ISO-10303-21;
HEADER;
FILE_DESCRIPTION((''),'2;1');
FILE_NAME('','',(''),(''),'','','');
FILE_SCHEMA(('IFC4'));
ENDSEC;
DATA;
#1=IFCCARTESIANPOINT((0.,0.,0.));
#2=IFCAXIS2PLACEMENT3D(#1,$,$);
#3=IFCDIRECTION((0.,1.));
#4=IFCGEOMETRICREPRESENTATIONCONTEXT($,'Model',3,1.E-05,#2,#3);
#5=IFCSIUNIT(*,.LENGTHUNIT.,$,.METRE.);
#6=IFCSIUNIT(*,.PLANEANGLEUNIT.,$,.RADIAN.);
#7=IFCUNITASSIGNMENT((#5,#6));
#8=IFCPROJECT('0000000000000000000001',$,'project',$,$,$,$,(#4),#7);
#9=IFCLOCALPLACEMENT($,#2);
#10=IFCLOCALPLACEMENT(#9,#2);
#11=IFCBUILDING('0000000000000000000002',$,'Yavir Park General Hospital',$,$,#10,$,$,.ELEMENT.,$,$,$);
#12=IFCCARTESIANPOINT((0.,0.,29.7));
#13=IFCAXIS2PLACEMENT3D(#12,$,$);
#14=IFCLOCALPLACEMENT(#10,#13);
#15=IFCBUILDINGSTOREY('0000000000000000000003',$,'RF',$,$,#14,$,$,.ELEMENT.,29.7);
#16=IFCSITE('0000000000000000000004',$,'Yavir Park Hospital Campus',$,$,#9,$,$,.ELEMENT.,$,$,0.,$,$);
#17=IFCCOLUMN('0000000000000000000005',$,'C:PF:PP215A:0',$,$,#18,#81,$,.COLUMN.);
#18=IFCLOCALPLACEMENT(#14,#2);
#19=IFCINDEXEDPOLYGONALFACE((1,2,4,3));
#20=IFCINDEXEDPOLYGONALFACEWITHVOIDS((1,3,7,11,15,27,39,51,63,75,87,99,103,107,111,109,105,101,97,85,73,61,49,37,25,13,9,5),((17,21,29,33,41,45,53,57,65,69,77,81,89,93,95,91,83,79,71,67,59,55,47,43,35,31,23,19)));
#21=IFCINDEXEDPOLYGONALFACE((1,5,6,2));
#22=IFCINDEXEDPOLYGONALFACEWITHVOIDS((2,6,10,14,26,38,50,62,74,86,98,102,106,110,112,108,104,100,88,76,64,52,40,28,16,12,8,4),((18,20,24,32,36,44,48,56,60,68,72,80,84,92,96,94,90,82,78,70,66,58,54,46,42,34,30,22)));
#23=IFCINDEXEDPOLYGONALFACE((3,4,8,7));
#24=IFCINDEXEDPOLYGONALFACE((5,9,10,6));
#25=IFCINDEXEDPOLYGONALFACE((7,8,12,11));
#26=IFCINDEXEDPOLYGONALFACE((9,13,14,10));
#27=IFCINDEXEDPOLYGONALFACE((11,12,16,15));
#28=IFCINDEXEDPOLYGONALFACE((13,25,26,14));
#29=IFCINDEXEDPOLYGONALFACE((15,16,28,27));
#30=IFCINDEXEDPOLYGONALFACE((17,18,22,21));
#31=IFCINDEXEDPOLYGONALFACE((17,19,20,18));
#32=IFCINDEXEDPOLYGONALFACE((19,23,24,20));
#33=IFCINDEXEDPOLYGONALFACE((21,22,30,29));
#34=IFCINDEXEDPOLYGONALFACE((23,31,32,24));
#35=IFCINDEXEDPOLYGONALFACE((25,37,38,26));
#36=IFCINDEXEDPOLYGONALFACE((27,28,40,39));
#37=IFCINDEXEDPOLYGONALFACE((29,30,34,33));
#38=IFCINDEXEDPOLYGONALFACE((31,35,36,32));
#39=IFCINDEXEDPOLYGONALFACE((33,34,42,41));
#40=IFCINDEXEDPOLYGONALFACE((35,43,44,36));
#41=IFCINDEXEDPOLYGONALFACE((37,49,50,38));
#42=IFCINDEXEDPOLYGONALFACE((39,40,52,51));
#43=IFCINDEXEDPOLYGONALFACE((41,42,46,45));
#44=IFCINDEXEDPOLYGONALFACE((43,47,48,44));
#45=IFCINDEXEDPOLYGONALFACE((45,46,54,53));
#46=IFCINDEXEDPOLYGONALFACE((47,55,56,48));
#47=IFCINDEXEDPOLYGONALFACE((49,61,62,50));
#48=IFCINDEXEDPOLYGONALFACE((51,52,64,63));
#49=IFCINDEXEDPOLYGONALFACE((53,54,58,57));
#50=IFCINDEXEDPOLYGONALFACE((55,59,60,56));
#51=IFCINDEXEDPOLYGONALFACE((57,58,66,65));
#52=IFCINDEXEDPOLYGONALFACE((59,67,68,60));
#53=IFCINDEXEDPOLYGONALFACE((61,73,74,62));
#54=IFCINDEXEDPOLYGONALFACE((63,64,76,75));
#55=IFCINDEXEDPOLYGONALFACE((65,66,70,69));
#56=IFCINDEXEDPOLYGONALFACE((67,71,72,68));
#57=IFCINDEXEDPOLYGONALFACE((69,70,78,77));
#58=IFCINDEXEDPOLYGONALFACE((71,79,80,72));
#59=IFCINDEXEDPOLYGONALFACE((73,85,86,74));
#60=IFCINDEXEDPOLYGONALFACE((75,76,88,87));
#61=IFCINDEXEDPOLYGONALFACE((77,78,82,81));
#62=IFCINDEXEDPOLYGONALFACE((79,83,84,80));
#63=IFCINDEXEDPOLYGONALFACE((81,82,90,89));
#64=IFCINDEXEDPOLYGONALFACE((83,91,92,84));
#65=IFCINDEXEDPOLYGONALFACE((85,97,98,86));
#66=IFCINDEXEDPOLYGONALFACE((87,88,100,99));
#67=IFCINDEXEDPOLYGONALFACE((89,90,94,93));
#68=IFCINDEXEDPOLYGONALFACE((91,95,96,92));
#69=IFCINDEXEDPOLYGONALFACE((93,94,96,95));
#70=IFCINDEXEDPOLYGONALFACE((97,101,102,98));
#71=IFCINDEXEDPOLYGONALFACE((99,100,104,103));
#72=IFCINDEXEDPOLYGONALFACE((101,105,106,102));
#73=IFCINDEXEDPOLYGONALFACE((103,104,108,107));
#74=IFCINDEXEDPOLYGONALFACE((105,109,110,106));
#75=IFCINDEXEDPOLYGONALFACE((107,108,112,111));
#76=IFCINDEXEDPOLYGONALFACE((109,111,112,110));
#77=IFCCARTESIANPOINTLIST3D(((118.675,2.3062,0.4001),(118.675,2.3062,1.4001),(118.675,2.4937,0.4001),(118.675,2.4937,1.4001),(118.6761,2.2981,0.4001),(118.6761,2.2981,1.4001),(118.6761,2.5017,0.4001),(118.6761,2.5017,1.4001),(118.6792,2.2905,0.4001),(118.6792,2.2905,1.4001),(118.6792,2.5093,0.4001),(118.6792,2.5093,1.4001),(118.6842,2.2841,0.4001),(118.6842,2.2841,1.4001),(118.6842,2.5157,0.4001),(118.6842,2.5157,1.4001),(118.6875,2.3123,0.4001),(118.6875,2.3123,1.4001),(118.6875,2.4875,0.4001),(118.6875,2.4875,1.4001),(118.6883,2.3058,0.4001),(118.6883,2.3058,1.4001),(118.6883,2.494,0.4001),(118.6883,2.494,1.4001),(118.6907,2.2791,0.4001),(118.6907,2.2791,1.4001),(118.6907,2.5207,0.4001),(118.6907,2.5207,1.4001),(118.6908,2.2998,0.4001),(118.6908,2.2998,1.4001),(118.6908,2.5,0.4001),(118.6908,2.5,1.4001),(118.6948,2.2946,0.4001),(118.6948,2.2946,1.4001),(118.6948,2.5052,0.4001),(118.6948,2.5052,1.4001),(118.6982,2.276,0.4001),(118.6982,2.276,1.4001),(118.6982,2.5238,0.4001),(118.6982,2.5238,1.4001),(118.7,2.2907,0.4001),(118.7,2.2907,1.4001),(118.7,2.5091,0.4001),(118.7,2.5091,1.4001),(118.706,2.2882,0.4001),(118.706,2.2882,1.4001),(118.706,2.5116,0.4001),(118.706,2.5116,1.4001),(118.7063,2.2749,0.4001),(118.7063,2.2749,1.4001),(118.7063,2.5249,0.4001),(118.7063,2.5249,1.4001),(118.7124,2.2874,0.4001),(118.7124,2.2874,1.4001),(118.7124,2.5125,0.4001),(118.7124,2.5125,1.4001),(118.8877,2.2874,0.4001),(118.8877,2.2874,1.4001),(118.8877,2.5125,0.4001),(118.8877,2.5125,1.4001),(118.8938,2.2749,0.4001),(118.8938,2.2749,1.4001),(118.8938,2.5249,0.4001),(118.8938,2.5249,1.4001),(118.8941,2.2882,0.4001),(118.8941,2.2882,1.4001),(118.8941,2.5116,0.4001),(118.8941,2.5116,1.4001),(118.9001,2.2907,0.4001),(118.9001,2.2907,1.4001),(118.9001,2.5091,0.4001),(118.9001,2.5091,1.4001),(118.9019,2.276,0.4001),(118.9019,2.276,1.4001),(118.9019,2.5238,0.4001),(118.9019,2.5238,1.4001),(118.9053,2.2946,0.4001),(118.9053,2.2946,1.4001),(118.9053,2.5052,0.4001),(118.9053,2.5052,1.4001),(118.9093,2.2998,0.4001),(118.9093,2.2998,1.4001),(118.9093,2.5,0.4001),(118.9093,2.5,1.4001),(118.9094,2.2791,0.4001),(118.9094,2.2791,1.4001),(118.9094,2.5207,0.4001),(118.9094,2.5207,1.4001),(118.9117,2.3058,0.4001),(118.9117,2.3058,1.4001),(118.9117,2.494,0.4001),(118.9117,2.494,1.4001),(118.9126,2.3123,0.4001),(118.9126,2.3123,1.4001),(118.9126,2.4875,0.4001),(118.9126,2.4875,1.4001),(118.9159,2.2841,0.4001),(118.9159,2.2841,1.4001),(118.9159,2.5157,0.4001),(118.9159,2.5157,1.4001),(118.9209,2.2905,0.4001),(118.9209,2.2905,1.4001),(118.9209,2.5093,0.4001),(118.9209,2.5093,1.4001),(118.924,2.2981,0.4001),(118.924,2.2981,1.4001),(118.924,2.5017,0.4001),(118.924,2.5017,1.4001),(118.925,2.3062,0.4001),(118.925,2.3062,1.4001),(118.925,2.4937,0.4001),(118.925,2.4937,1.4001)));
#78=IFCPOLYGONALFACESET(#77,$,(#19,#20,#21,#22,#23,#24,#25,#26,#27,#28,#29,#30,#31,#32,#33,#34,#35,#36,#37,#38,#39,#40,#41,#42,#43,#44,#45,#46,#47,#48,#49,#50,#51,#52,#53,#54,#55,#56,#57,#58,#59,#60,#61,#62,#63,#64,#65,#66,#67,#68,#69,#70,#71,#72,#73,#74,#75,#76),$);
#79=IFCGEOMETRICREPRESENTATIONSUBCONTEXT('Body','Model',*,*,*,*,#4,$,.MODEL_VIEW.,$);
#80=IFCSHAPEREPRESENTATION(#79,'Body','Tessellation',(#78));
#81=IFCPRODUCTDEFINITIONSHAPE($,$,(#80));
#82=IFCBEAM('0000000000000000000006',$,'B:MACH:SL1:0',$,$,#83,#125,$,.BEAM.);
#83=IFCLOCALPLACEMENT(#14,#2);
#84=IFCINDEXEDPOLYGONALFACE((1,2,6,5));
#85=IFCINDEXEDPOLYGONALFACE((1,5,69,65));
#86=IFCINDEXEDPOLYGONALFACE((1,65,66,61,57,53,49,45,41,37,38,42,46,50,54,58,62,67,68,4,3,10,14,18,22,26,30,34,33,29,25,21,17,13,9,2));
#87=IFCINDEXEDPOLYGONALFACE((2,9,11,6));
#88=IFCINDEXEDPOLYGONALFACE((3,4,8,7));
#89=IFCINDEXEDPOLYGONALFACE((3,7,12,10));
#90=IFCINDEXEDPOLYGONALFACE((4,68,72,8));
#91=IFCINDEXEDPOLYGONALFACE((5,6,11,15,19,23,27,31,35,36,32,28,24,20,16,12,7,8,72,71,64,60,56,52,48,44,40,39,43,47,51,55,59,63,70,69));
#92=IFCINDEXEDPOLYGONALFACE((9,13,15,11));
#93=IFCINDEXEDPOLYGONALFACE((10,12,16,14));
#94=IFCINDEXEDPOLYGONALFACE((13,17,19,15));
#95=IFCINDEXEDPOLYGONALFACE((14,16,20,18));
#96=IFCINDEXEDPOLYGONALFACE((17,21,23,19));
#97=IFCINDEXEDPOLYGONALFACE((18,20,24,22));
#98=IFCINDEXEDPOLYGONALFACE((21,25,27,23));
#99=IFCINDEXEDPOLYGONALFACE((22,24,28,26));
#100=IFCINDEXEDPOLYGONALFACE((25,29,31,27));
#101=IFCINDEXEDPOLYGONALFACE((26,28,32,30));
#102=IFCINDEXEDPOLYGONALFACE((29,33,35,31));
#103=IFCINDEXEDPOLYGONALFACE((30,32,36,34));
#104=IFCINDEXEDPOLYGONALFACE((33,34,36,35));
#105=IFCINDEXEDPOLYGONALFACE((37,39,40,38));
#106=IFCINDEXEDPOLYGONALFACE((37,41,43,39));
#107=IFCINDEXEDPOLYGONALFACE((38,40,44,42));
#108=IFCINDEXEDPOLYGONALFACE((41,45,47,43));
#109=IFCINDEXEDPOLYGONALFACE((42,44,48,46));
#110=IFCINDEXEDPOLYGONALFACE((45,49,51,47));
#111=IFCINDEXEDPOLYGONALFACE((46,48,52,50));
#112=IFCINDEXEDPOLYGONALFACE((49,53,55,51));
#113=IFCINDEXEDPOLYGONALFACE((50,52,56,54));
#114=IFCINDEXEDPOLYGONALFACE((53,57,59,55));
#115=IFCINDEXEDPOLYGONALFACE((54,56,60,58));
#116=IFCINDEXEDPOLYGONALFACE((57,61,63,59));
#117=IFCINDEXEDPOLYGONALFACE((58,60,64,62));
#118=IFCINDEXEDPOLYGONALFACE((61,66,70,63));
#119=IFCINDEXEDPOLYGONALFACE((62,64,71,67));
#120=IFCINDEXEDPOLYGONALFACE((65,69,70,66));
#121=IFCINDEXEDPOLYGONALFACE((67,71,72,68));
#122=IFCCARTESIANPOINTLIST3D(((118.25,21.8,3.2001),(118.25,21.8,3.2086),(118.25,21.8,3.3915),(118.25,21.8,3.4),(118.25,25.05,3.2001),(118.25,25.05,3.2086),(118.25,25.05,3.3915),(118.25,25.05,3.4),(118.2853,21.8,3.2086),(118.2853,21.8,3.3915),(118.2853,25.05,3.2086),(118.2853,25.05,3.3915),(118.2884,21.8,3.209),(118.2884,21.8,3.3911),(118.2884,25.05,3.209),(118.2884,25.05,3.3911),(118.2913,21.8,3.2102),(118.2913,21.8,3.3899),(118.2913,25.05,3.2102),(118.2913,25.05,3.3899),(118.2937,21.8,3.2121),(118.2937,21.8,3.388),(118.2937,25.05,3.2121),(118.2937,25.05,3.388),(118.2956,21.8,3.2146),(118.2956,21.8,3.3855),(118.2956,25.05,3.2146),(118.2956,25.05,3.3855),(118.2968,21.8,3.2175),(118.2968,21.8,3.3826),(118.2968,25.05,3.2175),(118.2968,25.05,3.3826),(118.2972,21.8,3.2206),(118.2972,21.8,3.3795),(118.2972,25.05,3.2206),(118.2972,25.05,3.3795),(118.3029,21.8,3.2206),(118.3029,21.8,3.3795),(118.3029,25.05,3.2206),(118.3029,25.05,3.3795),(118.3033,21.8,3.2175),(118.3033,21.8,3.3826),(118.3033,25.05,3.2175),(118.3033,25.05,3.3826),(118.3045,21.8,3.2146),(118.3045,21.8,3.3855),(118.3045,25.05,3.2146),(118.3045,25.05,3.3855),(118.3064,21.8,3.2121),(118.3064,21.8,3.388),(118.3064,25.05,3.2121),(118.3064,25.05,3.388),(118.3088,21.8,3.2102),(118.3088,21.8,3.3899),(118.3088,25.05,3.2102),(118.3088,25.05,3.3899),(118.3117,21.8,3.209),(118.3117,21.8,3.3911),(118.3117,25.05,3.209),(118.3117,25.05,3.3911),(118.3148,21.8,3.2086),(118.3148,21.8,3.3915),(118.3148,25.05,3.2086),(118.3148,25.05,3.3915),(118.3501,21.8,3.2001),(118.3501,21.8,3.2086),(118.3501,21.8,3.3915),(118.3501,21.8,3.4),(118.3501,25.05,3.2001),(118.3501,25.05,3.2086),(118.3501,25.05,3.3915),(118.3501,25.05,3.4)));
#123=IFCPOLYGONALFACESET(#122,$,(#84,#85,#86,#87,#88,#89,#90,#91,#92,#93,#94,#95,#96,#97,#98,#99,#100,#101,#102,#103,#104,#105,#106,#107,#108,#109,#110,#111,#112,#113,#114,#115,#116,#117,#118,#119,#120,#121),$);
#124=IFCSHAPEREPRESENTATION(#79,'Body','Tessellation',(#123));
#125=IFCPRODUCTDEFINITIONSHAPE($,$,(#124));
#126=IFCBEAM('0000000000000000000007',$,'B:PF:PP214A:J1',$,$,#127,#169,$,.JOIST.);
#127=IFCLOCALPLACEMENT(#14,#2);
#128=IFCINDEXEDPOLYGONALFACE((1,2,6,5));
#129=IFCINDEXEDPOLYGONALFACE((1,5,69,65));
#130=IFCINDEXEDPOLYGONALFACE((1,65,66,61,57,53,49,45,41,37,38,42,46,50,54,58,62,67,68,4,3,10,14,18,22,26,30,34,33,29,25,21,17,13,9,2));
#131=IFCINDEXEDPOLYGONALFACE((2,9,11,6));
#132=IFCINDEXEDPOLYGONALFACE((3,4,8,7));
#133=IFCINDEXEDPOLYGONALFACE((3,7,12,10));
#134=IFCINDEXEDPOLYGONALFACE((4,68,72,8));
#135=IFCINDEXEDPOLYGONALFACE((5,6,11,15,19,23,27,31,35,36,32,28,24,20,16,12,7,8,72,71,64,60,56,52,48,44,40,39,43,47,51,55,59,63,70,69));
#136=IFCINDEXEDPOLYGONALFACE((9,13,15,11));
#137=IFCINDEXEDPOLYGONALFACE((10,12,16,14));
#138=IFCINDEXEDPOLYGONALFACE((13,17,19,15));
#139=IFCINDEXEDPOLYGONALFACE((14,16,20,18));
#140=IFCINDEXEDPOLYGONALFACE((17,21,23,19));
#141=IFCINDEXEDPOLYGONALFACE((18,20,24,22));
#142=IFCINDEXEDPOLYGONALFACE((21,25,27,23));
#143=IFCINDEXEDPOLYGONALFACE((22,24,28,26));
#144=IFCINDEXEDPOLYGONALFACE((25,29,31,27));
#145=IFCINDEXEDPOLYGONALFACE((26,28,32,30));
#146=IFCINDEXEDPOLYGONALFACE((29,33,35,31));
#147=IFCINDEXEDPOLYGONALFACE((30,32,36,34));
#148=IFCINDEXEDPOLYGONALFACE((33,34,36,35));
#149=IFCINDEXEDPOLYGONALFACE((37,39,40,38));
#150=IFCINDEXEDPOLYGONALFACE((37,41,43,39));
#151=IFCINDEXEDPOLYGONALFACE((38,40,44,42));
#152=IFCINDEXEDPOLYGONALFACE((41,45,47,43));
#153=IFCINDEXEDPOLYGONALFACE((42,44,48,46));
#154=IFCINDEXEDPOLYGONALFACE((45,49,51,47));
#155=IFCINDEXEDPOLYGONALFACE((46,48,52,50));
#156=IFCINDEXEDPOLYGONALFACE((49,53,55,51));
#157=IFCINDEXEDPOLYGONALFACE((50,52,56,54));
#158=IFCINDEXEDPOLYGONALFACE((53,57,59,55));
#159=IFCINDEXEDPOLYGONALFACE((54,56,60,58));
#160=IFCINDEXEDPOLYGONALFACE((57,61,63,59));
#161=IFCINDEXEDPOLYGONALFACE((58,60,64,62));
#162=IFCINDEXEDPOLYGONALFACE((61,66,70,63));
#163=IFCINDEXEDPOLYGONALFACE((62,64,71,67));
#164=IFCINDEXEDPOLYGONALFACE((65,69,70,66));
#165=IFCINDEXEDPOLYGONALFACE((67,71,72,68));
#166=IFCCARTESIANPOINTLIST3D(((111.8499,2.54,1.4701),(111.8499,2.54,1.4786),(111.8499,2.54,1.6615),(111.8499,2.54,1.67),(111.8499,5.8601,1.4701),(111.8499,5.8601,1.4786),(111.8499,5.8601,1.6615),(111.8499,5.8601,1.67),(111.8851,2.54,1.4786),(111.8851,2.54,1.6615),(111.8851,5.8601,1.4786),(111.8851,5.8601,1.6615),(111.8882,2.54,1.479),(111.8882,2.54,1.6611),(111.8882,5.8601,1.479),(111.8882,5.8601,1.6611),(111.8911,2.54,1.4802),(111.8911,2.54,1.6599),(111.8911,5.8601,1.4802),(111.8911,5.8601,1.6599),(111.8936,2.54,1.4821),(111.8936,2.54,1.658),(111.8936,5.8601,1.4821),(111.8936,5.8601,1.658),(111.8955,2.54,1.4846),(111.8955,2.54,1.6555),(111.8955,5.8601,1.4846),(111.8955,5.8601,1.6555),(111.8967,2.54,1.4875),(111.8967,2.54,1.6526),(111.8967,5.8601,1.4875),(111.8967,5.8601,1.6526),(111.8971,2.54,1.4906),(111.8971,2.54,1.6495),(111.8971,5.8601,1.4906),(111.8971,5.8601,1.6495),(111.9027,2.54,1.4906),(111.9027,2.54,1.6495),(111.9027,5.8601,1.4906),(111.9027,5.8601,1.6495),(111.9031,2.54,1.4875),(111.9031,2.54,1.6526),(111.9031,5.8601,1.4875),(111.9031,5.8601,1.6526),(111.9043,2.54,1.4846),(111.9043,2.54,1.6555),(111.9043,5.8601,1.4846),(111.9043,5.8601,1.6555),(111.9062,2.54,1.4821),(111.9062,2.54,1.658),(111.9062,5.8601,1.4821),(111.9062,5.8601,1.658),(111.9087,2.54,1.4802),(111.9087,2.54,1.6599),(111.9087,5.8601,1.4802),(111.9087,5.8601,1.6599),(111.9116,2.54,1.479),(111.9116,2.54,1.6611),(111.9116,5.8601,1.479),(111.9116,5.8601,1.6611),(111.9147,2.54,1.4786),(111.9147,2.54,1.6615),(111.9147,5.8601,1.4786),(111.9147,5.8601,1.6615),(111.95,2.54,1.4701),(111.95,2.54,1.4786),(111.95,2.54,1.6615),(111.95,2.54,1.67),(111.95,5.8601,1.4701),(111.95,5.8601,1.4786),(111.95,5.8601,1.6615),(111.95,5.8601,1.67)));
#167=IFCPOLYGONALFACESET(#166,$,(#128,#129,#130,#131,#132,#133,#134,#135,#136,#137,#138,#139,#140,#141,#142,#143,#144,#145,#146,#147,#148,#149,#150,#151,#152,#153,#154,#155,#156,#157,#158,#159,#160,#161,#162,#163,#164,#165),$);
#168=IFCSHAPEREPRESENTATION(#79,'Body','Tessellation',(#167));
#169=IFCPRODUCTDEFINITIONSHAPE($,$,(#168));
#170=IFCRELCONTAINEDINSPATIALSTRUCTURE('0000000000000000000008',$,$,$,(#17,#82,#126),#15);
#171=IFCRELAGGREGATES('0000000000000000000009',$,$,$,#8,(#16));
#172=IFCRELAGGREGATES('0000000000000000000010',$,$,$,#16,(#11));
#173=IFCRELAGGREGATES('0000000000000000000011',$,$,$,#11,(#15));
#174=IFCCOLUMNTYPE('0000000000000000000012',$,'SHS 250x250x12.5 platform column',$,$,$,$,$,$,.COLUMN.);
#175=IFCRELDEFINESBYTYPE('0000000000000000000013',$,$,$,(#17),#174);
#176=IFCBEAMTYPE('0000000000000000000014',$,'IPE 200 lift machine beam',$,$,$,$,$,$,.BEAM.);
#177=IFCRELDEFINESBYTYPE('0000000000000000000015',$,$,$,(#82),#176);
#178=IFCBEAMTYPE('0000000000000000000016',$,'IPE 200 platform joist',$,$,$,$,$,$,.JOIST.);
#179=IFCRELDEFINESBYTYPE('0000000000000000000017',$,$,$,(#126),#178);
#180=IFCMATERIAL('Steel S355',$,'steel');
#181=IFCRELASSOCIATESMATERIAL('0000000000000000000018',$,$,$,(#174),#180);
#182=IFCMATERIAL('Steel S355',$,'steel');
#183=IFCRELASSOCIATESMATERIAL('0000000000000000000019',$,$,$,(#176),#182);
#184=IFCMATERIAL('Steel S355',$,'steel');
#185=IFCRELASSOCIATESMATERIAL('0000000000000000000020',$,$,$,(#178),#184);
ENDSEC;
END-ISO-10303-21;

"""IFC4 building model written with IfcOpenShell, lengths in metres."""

from ifc_helpers import new_model, si_unit, direction, frame, origin, origin_2d, place, context, subcontext, project, spatial, hollow_rectangle, i_section, extrude, material, material_profile, profile_set, type_object, element, save


model = new_model("IFC4")

# Units and contexts
model_context = context("Model", 3, precision=1e-05, world=origin(), true_north=direction((0.0, 1.0)))
body_context = subcontext(model_context, "Body", "Model", "MODEL_VIEW")
ifc_project = project(units=[si_unit("LENGTHUNIT", "METRE"), si_unit("PLANEANGLEUNIT", "RADIAN")], contexts=[model_context])

# Site, building, storey
site_placement = place(None, origin())
site = spatial("IfcSite", under=ifc_project, at=site_placement, Name="Yavir Park Hospital Campus", CompositionType="ELEMENT", RefElevation=0.0)
building_placement = place(site_placement, origin())
building = spatial("IfcBuilding", under=site, at=building_placement, Name="Yavir Park General Hospital", CompositionType="ELEMENT")
storey_placement = place(building_placement, frame((0.0, 0.0, 29.7)))
storey = spatial("IfcBuildingStorey", under=building, at=storey_placement, Name="RF", CompositionType="ELEMENT", Elevation=29.7)

# Column
ifc_material_1 = material(Name="Steel S355", Category="steel")
ifc_material_profile_1 = material_profile(ifc_material_1, hollow_rectangle(XDim=0.25, YDim=0.25, WallThickness=0.0125, InnerFilletRadius=0.0249, OuterFilletRadius=0.0312, at=origin_2d()), Name="SHS250x250x12.5")
ifc_profile_set_1 = profile_set([ifc_material_profile_1], Name="Steel S355")
column_type_1 = type_object("IfcColumnType", Name="SHS 250x250x12.5 platform column", PredefinedType="COLUMN", material=ifc_profile_set_1)
column_placement = place(storey_placement, frame((118.8, 2.3999, 0.4001), z_axis=(0.0, 0.0, 1.0), x_axis=(1.0, 0.0, 0.0)))
element("IfcColumn", 1, at=column_placement, inside=storey, type_object=column_type_1, Name="C:PF:PP215A:0", PredefinedType="COLUMN", context=body_context, shape_type="SweptSolid", body=[
    extrude(hollow_rectangle(XDim=0.25, YDim=0.25, WallThickness=0.0125, InnerFilletRadius=0.0249, OuterFilletRadius=0.0312, at=origin_2d()), origin(), (0.0, 0.0, 1.0), 1.0),
])

# Beams
ifc_material_2 = material(Name="Steel S355", Category="steel")
ifc_material_profile_2 = material_profile(ifc_material_2, i_section(OverallWidth=0.1001, OverallDepth=0.2, WebThickness=0.0056, FlangeThickness=0.0085, FilletRadius=0.012, at=origin_2d()), Name="IPE200")
ifc_profile_set_2 = profile_set([ifc_material_profile_2], Name="Steel S355")
beam_type_1 = type_object("IfcBeamType", Name="IPE 200 lift machine beam", PredefinedType="BEAM", material=ifc_profile_set_2)
beam_1_placement = place(storey_placement, frame((118.3, 21.8, 3.3), z_axis=(0.0, 1.0, 0.0), x_axis=(-1.0, 0.0, 0.0)))
element("IfcBeam", 2, at=beam_1_placement, inside=storey, type_object=beam_type_1, Name="B:MACH:SL1:0", PredefinedType="BEAM", context=body_context, shape_type="SweptSolid", body=[
    extrude(i_section(OverallWidth=0.1001, OverallDepth=0.2, WebThickness=0.0056, FlangeThickness=0.0085, FilletRadius=0.012, at=origin_2d()), origin(), (0.0, 0.0, 1.0), 3.25),
])
ifc_material_3 = material(Name="Steel S355", Category="steel")
ifc_material_profile_3 = material_profile(ifc_material_3, i_section(OverallWidth=0.1001, OverallDepth=0.2, WebThickness=0.0056, FlangeThickness=0.0085, FilletRadius=0.012, at=origin_2d()), Name="IPE200")
ifc_profile_set_3 = profile_set([ifc_material_profile_3], Name="Steel S355")
beam_type_2 = type_object("IfcBeamType", Name="IPE 200 platform joist", PredefinedType="JOIST", material=ifc_profile_set_3)
for number, where, z_axis, x_axis, name in (
    (3, (111.8999, 2.54, 1.5701), (0.0, 1.0, 0.0), (-1.0, 0.0, 0.0), "B:PF:PP214A:J1"),
):
    element("IfcBeam", number, at=place(storey_placement, frame(where, z_axis=z_axis, x_axis=x_axis)), inside=storey, type_object=beam_type_2, Name=name, PredefinedType="JOIST", context=body_context, shape_type="SweptSolid", body=[
        extrude(i_section(OverallWidth=0.1001, OverallDepth=0.2, WebThickness=0.0056, FlangeThickness=0.0085, FilletRadius=0.012, at=origin_2d()), origin(), (0.0, 0.0, 1.0), 3.3201),
    ])

save(model, "model.ifc")
